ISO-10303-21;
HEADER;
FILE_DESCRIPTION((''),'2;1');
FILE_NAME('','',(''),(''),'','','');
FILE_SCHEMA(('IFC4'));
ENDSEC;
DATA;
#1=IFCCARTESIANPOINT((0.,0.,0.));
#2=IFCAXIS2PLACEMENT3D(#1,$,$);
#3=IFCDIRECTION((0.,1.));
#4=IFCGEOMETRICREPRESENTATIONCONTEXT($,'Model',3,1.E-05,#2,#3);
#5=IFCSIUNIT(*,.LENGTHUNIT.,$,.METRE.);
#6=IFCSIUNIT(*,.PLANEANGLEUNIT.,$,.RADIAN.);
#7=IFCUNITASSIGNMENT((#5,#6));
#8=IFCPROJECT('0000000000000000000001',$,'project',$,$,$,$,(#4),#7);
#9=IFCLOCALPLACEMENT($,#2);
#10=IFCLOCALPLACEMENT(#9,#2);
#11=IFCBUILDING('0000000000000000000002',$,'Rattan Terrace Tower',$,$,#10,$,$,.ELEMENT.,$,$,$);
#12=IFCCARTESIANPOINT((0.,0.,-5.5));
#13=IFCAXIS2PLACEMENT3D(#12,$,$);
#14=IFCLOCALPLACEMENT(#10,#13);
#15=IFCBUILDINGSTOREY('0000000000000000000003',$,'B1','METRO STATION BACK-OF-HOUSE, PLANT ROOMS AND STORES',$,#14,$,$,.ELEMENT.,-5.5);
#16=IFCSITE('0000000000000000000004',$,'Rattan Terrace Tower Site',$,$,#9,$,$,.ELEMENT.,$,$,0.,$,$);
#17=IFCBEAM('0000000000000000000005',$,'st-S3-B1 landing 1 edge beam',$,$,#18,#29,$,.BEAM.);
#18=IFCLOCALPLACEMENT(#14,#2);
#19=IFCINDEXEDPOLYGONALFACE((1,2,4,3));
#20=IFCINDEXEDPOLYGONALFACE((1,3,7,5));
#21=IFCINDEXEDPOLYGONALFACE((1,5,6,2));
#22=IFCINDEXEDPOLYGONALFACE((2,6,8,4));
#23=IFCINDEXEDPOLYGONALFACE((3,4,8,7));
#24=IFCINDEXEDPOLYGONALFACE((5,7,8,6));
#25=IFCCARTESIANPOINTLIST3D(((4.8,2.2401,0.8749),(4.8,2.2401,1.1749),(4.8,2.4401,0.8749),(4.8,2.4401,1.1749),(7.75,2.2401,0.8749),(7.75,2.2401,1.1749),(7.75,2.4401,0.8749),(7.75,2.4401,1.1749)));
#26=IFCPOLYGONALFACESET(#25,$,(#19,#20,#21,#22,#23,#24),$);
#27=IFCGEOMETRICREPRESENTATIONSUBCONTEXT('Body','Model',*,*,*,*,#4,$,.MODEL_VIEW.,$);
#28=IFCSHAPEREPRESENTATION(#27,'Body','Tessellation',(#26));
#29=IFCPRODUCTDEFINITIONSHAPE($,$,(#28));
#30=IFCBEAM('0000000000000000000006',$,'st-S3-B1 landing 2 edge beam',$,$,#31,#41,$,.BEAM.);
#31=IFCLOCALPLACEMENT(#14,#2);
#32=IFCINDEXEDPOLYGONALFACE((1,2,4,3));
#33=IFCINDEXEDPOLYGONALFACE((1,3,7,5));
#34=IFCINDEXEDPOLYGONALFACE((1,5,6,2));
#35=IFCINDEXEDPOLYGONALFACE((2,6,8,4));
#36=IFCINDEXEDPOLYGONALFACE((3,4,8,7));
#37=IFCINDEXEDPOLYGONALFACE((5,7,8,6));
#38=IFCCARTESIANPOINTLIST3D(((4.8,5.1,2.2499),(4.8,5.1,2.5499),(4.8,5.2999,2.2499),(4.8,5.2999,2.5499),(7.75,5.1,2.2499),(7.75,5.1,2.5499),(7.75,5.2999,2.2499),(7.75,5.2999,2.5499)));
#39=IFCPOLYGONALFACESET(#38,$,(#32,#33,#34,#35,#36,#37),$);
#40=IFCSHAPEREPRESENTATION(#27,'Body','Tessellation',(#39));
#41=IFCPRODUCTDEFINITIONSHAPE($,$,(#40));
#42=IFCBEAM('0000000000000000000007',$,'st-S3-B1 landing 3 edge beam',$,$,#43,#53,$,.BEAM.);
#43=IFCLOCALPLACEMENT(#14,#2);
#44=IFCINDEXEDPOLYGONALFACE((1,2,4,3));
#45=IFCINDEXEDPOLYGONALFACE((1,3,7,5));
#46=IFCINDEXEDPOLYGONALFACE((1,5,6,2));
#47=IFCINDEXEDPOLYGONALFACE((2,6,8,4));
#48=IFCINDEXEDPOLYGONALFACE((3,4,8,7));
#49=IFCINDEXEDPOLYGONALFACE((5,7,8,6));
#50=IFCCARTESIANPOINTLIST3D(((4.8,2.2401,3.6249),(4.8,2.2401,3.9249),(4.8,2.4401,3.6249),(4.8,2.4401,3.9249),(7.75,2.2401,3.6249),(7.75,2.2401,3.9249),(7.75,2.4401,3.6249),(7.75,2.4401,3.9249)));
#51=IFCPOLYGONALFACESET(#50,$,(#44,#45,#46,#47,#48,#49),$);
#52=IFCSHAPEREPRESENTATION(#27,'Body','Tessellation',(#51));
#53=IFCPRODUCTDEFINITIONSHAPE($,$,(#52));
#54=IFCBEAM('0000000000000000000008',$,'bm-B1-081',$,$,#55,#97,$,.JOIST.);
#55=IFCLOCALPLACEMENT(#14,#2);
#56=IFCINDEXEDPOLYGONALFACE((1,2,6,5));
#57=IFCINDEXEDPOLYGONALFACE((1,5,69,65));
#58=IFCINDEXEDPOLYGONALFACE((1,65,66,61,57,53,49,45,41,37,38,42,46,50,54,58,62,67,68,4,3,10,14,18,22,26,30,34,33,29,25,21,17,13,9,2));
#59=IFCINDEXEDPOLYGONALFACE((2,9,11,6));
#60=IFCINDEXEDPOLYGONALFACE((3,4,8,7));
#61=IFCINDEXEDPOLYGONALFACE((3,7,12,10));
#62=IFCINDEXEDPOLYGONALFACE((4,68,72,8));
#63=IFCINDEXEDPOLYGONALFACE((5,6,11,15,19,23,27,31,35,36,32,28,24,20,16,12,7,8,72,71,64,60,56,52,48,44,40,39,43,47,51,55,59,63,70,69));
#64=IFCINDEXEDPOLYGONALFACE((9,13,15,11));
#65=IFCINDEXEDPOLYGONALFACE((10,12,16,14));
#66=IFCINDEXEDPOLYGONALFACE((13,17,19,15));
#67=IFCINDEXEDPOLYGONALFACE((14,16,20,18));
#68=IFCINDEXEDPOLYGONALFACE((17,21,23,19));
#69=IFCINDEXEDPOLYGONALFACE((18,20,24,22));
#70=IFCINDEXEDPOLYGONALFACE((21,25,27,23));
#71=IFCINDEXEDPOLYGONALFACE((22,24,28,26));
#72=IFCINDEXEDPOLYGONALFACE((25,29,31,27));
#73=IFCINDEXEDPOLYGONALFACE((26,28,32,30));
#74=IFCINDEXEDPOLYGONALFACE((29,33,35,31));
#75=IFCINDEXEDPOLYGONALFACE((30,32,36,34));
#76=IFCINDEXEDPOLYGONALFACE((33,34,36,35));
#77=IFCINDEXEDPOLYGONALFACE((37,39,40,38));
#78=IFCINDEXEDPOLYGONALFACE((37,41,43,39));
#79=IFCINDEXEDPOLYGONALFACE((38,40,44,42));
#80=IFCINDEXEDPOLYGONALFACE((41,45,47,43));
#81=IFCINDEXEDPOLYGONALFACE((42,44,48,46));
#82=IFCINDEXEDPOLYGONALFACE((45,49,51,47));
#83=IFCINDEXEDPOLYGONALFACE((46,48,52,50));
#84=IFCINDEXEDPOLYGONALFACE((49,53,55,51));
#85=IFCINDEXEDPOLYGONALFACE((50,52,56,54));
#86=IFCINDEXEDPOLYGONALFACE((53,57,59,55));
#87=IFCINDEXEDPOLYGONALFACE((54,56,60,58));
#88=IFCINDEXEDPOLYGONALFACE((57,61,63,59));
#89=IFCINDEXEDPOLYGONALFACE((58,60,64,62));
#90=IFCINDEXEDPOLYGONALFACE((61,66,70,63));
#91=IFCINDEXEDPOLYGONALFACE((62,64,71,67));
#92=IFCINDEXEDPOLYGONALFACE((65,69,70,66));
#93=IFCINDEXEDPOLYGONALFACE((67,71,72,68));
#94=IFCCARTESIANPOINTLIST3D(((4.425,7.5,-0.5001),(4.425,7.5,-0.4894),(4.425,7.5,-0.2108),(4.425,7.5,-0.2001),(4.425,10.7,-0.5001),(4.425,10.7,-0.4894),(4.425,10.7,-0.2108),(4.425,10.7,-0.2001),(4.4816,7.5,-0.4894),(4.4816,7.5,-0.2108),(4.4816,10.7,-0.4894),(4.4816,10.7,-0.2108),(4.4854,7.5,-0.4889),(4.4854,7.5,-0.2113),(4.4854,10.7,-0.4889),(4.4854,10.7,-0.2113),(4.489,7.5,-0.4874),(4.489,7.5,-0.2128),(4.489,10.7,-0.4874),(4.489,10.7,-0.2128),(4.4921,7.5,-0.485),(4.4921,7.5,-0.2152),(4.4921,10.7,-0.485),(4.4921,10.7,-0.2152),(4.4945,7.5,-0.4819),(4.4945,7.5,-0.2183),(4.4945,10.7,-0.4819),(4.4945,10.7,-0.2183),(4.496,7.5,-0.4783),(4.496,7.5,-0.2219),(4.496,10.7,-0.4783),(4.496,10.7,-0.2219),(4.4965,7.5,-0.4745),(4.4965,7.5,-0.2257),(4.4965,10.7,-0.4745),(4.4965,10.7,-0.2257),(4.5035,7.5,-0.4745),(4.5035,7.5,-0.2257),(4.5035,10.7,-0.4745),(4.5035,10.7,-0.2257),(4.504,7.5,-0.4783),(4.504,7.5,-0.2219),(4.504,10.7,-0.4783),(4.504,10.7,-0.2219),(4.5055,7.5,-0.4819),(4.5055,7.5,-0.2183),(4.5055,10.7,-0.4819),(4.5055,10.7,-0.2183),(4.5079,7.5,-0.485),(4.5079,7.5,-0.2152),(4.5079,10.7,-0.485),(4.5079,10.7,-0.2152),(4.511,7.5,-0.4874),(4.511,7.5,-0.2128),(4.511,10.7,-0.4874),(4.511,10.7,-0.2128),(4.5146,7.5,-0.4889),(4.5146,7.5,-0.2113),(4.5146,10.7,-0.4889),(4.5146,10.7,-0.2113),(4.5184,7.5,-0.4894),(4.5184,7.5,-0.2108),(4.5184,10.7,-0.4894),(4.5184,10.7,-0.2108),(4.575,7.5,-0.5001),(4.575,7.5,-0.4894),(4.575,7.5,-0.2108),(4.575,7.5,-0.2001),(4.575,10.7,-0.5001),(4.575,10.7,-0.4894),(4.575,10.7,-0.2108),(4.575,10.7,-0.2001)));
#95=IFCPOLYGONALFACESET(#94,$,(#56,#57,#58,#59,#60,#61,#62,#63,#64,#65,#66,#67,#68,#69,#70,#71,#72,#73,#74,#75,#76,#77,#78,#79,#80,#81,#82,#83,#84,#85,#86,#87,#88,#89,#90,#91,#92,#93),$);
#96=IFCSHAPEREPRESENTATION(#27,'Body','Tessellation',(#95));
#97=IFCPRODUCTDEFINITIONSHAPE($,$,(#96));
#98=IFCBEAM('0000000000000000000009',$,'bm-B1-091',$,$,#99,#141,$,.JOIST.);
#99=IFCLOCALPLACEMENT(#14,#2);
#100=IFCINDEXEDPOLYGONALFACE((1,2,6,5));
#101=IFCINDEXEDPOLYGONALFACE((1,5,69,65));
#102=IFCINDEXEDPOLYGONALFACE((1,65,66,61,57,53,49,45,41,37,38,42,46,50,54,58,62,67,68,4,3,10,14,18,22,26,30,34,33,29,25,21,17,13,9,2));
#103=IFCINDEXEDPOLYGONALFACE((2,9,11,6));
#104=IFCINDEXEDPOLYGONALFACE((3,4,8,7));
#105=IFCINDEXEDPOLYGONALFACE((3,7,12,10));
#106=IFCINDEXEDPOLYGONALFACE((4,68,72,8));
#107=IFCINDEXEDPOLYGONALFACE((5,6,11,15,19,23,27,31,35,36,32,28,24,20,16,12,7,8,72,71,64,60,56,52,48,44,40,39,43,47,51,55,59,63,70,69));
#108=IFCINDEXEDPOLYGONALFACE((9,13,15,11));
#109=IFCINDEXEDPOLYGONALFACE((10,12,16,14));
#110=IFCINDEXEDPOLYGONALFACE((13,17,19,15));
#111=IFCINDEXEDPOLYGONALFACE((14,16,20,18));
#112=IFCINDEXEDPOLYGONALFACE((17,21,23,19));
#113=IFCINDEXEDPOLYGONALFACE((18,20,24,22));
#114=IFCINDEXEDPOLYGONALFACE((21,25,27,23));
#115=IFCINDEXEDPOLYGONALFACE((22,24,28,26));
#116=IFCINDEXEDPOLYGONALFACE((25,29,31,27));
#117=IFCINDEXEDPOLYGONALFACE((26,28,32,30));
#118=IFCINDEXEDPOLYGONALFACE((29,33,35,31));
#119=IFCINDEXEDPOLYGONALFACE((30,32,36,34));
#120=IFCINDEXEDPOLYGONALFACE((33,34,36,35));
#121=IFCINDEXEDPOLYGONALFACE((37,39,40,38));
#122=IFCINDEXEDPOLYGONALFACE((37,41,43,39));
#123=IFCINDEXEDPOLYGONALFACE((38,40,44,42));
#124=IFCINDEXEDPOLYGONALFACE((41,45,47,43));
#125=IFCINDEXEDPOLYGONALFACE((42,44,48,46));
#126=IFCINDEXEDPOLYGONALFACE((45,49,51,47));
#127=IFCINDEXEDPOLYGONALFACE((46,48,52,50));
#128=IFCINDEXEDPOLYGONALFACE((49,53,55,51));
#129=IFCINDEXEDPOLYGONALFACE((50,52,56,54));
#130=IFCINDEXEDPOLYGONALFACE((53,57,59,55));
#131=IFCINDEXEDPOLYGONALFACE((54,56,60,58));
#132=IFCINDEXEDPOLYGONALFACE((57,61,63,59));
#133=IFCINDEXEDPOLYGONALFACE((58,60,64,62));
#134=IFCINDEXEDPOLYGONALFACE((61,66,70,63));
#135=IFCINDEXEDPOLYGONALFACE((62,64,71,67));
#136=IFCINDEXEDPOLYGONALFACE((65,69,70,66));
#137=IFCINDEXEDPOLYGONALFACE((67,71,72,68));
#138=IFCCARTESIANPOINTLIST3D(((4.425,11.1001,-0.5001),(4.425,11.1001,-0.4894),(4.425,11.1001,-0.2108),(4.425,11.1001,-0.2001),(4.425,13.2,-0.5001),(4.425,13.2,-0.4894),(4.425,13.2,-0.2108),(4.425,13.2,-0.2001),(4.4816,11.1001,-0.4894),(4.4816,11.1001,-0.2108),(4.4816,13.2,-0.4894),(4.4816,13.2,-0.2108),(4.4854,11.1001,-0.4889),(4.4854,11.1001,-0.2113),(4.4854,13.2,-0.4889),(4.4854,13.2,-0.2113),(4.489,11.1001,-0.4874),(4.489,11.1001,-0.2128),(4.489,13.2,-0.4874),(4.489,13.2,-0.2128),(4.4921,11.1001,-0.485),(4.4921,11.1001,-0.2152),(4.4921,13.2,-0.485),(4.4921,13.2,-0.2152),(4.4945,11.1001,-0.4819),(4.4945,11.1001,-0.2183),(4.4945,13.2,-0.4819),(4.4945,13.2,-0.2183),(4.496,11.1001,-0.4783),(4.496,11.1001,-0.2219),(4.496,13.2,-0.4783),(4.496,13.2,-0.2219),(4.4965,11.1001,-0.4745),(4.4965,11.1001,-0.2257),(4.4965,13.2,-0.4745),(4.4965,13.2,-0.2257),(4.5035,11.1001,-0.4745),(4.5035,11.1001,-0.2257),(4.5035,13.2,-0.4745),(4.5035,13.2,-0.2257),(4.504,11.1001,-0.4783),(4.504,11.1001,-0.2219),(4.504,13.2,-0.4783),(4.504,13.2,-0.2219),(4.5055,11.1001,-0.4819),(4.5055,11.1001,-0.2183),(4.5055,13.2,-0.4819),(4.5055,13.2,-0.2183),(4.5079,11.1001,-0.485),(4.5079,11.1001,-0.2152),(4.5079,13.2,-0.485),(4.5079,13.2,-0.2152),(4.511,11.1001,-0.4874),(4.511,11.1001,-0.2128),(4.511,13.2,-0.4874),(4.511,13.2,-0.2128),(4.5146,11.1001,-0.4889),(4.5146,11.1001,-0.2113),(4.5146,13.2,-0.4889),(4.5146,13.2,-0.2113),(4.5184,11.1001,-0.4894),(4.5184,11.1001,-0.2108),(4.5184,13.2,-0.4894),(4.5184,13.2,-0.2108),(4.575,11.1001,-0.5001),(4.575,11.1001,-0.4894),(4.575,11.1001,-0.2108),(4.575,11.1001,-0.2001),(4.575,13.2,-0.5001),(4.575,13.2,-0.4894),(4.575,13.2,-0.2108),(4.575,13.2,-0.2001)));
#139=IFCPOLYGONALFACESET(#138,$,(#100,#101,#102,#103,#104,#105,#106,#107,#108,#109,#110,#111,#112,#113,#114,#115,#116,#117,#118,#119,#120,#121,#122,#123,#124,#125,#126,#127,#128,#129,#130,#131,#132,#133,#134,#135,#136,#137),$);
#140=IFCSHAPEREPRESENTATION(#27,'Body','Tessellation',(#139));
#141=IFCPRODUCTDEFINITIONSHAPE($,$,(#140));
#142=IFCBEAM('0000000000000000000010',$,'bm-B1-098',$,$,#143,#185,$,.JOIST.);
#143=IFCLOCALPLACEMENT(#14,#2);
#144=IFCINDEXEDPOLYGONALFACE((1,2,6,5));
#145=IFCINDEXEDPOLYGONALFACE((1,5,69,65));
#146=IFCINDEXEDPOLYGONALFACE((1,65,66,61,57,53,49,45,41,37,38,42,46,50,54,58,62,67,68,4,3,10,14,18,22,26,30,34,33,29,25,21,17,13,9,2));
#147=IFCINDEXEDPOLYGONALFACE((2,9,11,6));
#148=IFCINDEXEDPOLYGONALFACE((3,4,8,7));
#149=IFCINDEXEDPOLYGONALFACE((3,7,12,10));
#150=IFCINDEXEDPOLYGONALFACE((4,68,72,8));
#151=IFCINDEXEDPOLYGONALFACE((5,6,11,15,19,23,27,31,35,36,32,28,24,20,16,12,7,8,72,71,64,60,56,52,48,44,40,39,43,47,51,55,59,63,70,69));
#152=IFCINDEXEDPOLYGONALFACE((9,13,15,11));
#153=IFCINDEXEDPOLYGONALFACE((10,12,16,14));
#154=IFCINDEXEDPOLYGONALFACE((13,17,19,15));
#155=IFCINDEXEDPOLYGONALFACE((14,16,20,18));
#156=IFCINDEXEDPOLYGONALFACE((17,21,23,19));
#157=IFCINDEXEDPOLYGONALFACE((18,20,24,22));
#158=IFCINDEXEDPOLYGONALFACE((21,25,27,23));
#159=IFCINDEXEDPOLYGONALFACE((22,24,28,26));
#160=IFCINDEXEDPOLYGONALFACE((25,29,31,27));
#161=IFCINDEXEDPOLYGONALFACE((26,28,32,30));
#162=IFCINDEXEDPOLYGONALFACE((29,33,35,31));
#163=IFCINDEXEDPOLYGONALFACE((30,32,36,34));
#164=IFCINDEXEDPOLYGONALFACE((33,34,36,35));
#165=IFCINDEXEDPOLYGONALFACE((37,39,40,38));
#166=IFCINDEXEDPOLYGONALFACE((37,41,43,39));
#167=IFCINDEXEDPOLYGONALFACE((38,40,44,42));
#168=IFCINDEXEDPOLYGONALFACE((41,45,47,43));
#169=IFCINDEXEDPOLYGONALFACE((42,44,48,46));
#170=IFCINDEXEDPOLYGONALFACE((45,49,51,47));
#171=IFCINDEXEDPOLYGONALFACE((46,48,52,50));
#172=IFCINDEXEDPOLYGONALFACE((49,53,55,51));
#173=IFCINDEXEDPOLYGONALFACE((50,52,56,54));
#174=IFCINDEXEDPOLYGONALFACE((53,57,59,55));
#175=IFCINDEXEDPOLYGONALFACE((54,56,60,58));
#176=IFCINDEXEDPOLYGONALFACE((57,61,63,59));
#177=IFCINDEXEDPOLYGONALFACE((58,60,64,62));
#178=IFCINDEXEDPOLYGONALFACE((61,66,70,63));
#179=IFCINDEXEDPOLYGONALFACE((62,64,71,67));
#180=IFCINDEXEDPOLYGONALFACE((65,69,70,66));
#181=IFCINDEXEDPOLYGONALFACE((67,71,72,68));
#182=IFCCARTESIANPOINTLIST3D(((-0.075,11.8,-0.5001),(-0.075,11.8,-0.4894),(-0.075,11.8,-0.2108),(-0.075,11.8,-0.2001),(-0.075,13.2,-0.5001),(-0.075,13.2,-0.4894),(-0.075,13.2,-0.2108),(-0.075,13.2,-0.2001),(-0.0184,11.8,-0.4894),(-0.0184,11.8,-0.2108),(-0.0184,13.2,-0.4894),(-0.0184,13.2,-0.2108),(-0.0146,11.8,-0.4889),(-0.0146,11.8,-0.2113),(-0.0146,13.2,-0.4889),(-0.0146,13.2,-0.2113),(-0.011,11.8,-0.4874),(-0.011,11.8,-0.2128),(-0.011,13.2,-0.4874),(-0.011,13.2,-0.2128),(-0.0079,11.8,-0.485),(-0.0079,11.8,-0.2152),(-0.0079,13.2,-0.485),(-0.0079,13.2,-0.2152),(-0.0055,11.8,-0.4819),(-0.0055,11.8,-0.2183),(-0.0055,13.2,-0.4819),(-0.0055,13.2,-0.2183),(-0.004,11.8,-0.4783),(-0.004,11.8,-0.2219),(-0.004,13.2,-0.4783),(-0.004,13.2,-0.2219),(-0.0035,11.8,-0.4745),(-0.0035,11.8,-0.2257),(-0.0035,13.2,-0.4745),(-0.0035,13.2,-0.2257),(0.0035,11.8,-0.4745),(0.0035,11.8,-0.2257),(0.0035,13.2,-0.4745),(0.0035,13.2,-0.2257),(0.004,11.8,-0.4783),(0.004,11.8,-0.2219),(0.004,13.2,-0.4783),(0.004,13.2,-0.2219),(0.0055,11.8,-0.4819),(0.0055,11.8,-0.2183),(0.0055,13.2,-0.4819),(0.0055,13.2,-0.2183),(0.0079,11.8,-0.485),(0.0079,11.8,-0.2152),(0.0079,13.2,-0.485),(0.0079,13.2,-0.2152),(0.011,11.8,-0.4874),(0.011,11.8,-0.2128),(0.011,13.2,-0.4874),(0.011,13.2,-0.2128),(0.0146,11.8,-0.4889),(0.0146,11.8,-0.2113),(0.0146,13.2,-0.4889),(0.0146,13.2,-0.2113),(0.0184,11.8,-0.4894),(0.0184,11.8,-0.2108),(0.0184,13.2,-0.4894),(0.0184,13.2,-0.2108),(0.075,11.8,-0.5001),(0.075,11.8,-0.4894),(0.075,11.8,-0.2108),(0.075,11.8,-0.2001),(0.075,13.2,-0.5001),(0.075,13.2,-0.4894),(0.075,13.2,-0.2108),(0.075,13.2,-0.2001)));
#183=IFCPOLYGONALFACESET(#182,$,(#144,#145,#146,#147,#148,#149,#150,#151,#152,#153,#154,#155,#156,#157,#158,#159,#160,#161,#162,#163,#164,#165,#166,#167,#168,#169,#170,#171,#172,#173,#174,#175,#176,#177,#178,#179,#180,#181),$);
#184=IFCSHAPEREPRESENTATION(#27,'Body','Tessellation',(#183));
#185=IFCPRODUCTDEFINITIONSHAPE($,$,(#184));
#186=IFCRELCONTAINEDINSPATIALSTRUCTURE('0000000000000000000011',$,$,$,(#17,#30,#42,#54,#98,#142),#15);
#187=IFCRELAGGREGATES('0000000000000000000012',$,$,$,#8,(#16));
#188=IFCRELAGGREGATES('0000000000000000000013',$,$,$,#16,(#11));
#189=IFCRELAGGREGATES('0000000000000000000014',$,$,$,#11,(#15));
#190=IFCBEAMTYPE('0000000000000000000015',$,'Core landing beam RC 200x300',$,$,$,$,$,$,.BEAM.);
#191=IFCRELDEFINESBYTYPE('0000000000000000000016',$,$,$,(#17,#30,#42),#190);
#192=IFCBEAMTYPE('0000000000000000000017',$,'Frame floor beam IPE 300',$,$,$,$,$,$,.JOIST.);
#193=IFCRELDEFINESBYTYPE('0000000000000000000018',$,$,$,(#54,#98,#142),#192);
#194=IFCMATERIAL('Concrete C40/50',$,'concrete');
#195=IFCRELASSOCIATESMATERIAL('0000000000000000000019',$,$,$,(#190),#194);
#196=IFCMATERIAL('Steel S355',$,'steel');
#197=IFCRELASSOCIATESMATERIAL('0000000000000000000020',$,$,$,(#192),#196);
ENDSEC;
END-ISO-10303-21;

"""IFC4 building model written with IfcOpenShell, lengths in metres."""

from ifc_helpers import new_model, si_unit, direction, frame, origin, origin_2d, place, context, subcontext, project, spatial, rectangle, i_section, extrude, material, material_profile, profile_set, type_object, element, save


model = new_model("IFC4")

# Units and contexts
model_context = context("Model", 3, precision=1e-05, world=origin(), true_north=direction((0.0, 1.0)))
body_context = subcontext(model_context, "Body", "Model", "MODEL_VIEW")
ifc_project = project(units=[si_unit("LENGTHUNIT", "METRE"), si_unit("PLANEANGLEUNIT", "RADIAN")], contexts=[model_context])

# Site, building, storey
site_placement = place(None, origin())
site = spatial("IfcSite", under=ifc_project, at=site_placement, Name="Rattan Terrace Tower Site", CompositionType="ELEMENT", RefElevation=0.0)
building_placement = place(site_placement, origin())
building = spatial("IfcBuilding", under=site, at=building_placement, Name="Rattan Terrace Tower", CompositionType="ELEMENT")
storey_placement = place(building_placement, frame((0.0, 0.0, -5.5)))
storey = spatial("IfcBuildingStorey", under=building, at=storey_placement, Name="B1", Description="METRO STATION BACK-OF-HOUSE, PLANT ROOMS AND STORES", CompositionType="ELEMENT", Elevation=-5.5)

# Beams
ifc_material_1 = material(Name="Concrete C40/50", Category="concrete")
ifc_material_profile_1 = material_profile(ifc_material_1, rectangle(XDim=0.2, YDim=0.3, at=origin_2d()), Name="RC 200x300")
ifc_profile_set_1 = profile_set([ifc_material_profile_1], Name="Concrete C40/50")
beam_type_1 = type_object("IfcBeamType", Name="Core landing beam RC 200x300", PredefinedType="BEAM", material=ifc_profile_set_1)
for number, where, z_axis, x_axis, name in (
    (1, (4.8, 2.3401, 1.0249), (1.0, 0.0, 0.0), (0.0, 1.0, 0.0), "st-S3-B1 landing 1 edge beam"),
    (2, (4.8, 5.2, 2.3999), (1.0, 0.0, 0.0), (0.0, 1.0, 0.0), "st-S3-B1 landing 2 edge beam"),
    (3, (4.8, 2.3401, 3.7749), (1.0, 0.0, 0.0), (0.0, 1.0, 0.0), "st-S3-B1 landing 3 edge beam"),
):
    element("IfcBeam", number, at=place(storey_placement, frame(where, z_axis=z_axis, x_axis=x_axis)), inside=storey, type_object=beam_type_1, Name=name, PredefinedType="BEAM", context=body_context, shape_type="SweptSolid", body=[
        extrude(rectangle(XDim=0.2, YDim=0.3, at=origin_2d()), origin(), (0.0, 0.0, 1.0), 2.95),
    ])
ifc_material_2 = material(Name="Steel S355", Category="steel")
ifc_material_profile_2 = material_profile(ifc_material_2, i_section(OverallWidth=0.1499, OverallDepth=0.3, WebThickness=0.0071, FlangeThickness=0.0107, FilletRadius=0.0149, at=origin_2d()), Name="IPE 300")
ifc_profile_set_2 = profile_set([ifc_material_profile_2], Name="Steel S355")
beam_type_2 = type_object("IfcBeamType", Name="Frame floor beam IPE 300", PredefinedType="JOIST", material=ifc_profile_set_2)
beam_1_placement = place(storey_placement, frame((4.5, 7.5, -0.3501), z_axis=(0.0, 1.0, 0.0), x_axis=(-1.0, 0.0, 0.0)))
element("IfcBeam", 4, at=beam_1_placement, inside=storey, type_object=beam_type_2, Name="bm-B1-081", PredefinedType="JOIST", context=body_context, shape_type="SweptSolid", body=[
    extrude(i_section(OverallWidth=0.1499, OverallDepth=0.3, WebThickness=0.0071, FlangeThickness=0.0107, FilletRadius=0.0149, at=origin_2d()), origin(), (0.0, 0.0, 1.0), 3.2),
])
beam_2_placement = place(storey_placement, frame((4.5, 11.1001, -0.3501), z_axis=(0.0, 1.0, 0.0), x_axis=(-1.0, 0.0, 0.0)))
element("IfcBeam", 5, at=beam_2_placement, inside=storey, type_object=beam_type_2, Name="bm-B1-091", PredefinedType="JOIST", context=body_context, shape_type="SweptSolid", body=[
    extrude(i_section(OverallWidth=0.1499, OverallDepth=0.3, WebThickness=0.0071, FlangeThickness=0.0107, FilletRadius=0.0149, at=origin_2d()), origin(), (0.0, 0.0, 1.0), 2.0999),
])
beam_3_placement = place(storey_placement, frame((0.0, 11.8, -0.3501), z_axis=(0.0, 1.0, 0.0), x_axis=(-1.0, 0.0, 0.0)))
element("IfcBeam", 6, at=beam_3_placement, inside=storey, type_object=beam_type_2, Name="bm-B1-098", PredefinedType="JOIST", context=body_context, shape_type="SweptSolid", body=[
    extrude(i_section(OverallWidth=0.1499, OverallDepth=0.3, WebThickness=0.0071, FlangeThickness=0.0107, FilletRadius=0.0149, at=origin_2d()), origin(), (0.0, 0.0, 1.0), 1.3999),
])

save(model, "model.ifc")
